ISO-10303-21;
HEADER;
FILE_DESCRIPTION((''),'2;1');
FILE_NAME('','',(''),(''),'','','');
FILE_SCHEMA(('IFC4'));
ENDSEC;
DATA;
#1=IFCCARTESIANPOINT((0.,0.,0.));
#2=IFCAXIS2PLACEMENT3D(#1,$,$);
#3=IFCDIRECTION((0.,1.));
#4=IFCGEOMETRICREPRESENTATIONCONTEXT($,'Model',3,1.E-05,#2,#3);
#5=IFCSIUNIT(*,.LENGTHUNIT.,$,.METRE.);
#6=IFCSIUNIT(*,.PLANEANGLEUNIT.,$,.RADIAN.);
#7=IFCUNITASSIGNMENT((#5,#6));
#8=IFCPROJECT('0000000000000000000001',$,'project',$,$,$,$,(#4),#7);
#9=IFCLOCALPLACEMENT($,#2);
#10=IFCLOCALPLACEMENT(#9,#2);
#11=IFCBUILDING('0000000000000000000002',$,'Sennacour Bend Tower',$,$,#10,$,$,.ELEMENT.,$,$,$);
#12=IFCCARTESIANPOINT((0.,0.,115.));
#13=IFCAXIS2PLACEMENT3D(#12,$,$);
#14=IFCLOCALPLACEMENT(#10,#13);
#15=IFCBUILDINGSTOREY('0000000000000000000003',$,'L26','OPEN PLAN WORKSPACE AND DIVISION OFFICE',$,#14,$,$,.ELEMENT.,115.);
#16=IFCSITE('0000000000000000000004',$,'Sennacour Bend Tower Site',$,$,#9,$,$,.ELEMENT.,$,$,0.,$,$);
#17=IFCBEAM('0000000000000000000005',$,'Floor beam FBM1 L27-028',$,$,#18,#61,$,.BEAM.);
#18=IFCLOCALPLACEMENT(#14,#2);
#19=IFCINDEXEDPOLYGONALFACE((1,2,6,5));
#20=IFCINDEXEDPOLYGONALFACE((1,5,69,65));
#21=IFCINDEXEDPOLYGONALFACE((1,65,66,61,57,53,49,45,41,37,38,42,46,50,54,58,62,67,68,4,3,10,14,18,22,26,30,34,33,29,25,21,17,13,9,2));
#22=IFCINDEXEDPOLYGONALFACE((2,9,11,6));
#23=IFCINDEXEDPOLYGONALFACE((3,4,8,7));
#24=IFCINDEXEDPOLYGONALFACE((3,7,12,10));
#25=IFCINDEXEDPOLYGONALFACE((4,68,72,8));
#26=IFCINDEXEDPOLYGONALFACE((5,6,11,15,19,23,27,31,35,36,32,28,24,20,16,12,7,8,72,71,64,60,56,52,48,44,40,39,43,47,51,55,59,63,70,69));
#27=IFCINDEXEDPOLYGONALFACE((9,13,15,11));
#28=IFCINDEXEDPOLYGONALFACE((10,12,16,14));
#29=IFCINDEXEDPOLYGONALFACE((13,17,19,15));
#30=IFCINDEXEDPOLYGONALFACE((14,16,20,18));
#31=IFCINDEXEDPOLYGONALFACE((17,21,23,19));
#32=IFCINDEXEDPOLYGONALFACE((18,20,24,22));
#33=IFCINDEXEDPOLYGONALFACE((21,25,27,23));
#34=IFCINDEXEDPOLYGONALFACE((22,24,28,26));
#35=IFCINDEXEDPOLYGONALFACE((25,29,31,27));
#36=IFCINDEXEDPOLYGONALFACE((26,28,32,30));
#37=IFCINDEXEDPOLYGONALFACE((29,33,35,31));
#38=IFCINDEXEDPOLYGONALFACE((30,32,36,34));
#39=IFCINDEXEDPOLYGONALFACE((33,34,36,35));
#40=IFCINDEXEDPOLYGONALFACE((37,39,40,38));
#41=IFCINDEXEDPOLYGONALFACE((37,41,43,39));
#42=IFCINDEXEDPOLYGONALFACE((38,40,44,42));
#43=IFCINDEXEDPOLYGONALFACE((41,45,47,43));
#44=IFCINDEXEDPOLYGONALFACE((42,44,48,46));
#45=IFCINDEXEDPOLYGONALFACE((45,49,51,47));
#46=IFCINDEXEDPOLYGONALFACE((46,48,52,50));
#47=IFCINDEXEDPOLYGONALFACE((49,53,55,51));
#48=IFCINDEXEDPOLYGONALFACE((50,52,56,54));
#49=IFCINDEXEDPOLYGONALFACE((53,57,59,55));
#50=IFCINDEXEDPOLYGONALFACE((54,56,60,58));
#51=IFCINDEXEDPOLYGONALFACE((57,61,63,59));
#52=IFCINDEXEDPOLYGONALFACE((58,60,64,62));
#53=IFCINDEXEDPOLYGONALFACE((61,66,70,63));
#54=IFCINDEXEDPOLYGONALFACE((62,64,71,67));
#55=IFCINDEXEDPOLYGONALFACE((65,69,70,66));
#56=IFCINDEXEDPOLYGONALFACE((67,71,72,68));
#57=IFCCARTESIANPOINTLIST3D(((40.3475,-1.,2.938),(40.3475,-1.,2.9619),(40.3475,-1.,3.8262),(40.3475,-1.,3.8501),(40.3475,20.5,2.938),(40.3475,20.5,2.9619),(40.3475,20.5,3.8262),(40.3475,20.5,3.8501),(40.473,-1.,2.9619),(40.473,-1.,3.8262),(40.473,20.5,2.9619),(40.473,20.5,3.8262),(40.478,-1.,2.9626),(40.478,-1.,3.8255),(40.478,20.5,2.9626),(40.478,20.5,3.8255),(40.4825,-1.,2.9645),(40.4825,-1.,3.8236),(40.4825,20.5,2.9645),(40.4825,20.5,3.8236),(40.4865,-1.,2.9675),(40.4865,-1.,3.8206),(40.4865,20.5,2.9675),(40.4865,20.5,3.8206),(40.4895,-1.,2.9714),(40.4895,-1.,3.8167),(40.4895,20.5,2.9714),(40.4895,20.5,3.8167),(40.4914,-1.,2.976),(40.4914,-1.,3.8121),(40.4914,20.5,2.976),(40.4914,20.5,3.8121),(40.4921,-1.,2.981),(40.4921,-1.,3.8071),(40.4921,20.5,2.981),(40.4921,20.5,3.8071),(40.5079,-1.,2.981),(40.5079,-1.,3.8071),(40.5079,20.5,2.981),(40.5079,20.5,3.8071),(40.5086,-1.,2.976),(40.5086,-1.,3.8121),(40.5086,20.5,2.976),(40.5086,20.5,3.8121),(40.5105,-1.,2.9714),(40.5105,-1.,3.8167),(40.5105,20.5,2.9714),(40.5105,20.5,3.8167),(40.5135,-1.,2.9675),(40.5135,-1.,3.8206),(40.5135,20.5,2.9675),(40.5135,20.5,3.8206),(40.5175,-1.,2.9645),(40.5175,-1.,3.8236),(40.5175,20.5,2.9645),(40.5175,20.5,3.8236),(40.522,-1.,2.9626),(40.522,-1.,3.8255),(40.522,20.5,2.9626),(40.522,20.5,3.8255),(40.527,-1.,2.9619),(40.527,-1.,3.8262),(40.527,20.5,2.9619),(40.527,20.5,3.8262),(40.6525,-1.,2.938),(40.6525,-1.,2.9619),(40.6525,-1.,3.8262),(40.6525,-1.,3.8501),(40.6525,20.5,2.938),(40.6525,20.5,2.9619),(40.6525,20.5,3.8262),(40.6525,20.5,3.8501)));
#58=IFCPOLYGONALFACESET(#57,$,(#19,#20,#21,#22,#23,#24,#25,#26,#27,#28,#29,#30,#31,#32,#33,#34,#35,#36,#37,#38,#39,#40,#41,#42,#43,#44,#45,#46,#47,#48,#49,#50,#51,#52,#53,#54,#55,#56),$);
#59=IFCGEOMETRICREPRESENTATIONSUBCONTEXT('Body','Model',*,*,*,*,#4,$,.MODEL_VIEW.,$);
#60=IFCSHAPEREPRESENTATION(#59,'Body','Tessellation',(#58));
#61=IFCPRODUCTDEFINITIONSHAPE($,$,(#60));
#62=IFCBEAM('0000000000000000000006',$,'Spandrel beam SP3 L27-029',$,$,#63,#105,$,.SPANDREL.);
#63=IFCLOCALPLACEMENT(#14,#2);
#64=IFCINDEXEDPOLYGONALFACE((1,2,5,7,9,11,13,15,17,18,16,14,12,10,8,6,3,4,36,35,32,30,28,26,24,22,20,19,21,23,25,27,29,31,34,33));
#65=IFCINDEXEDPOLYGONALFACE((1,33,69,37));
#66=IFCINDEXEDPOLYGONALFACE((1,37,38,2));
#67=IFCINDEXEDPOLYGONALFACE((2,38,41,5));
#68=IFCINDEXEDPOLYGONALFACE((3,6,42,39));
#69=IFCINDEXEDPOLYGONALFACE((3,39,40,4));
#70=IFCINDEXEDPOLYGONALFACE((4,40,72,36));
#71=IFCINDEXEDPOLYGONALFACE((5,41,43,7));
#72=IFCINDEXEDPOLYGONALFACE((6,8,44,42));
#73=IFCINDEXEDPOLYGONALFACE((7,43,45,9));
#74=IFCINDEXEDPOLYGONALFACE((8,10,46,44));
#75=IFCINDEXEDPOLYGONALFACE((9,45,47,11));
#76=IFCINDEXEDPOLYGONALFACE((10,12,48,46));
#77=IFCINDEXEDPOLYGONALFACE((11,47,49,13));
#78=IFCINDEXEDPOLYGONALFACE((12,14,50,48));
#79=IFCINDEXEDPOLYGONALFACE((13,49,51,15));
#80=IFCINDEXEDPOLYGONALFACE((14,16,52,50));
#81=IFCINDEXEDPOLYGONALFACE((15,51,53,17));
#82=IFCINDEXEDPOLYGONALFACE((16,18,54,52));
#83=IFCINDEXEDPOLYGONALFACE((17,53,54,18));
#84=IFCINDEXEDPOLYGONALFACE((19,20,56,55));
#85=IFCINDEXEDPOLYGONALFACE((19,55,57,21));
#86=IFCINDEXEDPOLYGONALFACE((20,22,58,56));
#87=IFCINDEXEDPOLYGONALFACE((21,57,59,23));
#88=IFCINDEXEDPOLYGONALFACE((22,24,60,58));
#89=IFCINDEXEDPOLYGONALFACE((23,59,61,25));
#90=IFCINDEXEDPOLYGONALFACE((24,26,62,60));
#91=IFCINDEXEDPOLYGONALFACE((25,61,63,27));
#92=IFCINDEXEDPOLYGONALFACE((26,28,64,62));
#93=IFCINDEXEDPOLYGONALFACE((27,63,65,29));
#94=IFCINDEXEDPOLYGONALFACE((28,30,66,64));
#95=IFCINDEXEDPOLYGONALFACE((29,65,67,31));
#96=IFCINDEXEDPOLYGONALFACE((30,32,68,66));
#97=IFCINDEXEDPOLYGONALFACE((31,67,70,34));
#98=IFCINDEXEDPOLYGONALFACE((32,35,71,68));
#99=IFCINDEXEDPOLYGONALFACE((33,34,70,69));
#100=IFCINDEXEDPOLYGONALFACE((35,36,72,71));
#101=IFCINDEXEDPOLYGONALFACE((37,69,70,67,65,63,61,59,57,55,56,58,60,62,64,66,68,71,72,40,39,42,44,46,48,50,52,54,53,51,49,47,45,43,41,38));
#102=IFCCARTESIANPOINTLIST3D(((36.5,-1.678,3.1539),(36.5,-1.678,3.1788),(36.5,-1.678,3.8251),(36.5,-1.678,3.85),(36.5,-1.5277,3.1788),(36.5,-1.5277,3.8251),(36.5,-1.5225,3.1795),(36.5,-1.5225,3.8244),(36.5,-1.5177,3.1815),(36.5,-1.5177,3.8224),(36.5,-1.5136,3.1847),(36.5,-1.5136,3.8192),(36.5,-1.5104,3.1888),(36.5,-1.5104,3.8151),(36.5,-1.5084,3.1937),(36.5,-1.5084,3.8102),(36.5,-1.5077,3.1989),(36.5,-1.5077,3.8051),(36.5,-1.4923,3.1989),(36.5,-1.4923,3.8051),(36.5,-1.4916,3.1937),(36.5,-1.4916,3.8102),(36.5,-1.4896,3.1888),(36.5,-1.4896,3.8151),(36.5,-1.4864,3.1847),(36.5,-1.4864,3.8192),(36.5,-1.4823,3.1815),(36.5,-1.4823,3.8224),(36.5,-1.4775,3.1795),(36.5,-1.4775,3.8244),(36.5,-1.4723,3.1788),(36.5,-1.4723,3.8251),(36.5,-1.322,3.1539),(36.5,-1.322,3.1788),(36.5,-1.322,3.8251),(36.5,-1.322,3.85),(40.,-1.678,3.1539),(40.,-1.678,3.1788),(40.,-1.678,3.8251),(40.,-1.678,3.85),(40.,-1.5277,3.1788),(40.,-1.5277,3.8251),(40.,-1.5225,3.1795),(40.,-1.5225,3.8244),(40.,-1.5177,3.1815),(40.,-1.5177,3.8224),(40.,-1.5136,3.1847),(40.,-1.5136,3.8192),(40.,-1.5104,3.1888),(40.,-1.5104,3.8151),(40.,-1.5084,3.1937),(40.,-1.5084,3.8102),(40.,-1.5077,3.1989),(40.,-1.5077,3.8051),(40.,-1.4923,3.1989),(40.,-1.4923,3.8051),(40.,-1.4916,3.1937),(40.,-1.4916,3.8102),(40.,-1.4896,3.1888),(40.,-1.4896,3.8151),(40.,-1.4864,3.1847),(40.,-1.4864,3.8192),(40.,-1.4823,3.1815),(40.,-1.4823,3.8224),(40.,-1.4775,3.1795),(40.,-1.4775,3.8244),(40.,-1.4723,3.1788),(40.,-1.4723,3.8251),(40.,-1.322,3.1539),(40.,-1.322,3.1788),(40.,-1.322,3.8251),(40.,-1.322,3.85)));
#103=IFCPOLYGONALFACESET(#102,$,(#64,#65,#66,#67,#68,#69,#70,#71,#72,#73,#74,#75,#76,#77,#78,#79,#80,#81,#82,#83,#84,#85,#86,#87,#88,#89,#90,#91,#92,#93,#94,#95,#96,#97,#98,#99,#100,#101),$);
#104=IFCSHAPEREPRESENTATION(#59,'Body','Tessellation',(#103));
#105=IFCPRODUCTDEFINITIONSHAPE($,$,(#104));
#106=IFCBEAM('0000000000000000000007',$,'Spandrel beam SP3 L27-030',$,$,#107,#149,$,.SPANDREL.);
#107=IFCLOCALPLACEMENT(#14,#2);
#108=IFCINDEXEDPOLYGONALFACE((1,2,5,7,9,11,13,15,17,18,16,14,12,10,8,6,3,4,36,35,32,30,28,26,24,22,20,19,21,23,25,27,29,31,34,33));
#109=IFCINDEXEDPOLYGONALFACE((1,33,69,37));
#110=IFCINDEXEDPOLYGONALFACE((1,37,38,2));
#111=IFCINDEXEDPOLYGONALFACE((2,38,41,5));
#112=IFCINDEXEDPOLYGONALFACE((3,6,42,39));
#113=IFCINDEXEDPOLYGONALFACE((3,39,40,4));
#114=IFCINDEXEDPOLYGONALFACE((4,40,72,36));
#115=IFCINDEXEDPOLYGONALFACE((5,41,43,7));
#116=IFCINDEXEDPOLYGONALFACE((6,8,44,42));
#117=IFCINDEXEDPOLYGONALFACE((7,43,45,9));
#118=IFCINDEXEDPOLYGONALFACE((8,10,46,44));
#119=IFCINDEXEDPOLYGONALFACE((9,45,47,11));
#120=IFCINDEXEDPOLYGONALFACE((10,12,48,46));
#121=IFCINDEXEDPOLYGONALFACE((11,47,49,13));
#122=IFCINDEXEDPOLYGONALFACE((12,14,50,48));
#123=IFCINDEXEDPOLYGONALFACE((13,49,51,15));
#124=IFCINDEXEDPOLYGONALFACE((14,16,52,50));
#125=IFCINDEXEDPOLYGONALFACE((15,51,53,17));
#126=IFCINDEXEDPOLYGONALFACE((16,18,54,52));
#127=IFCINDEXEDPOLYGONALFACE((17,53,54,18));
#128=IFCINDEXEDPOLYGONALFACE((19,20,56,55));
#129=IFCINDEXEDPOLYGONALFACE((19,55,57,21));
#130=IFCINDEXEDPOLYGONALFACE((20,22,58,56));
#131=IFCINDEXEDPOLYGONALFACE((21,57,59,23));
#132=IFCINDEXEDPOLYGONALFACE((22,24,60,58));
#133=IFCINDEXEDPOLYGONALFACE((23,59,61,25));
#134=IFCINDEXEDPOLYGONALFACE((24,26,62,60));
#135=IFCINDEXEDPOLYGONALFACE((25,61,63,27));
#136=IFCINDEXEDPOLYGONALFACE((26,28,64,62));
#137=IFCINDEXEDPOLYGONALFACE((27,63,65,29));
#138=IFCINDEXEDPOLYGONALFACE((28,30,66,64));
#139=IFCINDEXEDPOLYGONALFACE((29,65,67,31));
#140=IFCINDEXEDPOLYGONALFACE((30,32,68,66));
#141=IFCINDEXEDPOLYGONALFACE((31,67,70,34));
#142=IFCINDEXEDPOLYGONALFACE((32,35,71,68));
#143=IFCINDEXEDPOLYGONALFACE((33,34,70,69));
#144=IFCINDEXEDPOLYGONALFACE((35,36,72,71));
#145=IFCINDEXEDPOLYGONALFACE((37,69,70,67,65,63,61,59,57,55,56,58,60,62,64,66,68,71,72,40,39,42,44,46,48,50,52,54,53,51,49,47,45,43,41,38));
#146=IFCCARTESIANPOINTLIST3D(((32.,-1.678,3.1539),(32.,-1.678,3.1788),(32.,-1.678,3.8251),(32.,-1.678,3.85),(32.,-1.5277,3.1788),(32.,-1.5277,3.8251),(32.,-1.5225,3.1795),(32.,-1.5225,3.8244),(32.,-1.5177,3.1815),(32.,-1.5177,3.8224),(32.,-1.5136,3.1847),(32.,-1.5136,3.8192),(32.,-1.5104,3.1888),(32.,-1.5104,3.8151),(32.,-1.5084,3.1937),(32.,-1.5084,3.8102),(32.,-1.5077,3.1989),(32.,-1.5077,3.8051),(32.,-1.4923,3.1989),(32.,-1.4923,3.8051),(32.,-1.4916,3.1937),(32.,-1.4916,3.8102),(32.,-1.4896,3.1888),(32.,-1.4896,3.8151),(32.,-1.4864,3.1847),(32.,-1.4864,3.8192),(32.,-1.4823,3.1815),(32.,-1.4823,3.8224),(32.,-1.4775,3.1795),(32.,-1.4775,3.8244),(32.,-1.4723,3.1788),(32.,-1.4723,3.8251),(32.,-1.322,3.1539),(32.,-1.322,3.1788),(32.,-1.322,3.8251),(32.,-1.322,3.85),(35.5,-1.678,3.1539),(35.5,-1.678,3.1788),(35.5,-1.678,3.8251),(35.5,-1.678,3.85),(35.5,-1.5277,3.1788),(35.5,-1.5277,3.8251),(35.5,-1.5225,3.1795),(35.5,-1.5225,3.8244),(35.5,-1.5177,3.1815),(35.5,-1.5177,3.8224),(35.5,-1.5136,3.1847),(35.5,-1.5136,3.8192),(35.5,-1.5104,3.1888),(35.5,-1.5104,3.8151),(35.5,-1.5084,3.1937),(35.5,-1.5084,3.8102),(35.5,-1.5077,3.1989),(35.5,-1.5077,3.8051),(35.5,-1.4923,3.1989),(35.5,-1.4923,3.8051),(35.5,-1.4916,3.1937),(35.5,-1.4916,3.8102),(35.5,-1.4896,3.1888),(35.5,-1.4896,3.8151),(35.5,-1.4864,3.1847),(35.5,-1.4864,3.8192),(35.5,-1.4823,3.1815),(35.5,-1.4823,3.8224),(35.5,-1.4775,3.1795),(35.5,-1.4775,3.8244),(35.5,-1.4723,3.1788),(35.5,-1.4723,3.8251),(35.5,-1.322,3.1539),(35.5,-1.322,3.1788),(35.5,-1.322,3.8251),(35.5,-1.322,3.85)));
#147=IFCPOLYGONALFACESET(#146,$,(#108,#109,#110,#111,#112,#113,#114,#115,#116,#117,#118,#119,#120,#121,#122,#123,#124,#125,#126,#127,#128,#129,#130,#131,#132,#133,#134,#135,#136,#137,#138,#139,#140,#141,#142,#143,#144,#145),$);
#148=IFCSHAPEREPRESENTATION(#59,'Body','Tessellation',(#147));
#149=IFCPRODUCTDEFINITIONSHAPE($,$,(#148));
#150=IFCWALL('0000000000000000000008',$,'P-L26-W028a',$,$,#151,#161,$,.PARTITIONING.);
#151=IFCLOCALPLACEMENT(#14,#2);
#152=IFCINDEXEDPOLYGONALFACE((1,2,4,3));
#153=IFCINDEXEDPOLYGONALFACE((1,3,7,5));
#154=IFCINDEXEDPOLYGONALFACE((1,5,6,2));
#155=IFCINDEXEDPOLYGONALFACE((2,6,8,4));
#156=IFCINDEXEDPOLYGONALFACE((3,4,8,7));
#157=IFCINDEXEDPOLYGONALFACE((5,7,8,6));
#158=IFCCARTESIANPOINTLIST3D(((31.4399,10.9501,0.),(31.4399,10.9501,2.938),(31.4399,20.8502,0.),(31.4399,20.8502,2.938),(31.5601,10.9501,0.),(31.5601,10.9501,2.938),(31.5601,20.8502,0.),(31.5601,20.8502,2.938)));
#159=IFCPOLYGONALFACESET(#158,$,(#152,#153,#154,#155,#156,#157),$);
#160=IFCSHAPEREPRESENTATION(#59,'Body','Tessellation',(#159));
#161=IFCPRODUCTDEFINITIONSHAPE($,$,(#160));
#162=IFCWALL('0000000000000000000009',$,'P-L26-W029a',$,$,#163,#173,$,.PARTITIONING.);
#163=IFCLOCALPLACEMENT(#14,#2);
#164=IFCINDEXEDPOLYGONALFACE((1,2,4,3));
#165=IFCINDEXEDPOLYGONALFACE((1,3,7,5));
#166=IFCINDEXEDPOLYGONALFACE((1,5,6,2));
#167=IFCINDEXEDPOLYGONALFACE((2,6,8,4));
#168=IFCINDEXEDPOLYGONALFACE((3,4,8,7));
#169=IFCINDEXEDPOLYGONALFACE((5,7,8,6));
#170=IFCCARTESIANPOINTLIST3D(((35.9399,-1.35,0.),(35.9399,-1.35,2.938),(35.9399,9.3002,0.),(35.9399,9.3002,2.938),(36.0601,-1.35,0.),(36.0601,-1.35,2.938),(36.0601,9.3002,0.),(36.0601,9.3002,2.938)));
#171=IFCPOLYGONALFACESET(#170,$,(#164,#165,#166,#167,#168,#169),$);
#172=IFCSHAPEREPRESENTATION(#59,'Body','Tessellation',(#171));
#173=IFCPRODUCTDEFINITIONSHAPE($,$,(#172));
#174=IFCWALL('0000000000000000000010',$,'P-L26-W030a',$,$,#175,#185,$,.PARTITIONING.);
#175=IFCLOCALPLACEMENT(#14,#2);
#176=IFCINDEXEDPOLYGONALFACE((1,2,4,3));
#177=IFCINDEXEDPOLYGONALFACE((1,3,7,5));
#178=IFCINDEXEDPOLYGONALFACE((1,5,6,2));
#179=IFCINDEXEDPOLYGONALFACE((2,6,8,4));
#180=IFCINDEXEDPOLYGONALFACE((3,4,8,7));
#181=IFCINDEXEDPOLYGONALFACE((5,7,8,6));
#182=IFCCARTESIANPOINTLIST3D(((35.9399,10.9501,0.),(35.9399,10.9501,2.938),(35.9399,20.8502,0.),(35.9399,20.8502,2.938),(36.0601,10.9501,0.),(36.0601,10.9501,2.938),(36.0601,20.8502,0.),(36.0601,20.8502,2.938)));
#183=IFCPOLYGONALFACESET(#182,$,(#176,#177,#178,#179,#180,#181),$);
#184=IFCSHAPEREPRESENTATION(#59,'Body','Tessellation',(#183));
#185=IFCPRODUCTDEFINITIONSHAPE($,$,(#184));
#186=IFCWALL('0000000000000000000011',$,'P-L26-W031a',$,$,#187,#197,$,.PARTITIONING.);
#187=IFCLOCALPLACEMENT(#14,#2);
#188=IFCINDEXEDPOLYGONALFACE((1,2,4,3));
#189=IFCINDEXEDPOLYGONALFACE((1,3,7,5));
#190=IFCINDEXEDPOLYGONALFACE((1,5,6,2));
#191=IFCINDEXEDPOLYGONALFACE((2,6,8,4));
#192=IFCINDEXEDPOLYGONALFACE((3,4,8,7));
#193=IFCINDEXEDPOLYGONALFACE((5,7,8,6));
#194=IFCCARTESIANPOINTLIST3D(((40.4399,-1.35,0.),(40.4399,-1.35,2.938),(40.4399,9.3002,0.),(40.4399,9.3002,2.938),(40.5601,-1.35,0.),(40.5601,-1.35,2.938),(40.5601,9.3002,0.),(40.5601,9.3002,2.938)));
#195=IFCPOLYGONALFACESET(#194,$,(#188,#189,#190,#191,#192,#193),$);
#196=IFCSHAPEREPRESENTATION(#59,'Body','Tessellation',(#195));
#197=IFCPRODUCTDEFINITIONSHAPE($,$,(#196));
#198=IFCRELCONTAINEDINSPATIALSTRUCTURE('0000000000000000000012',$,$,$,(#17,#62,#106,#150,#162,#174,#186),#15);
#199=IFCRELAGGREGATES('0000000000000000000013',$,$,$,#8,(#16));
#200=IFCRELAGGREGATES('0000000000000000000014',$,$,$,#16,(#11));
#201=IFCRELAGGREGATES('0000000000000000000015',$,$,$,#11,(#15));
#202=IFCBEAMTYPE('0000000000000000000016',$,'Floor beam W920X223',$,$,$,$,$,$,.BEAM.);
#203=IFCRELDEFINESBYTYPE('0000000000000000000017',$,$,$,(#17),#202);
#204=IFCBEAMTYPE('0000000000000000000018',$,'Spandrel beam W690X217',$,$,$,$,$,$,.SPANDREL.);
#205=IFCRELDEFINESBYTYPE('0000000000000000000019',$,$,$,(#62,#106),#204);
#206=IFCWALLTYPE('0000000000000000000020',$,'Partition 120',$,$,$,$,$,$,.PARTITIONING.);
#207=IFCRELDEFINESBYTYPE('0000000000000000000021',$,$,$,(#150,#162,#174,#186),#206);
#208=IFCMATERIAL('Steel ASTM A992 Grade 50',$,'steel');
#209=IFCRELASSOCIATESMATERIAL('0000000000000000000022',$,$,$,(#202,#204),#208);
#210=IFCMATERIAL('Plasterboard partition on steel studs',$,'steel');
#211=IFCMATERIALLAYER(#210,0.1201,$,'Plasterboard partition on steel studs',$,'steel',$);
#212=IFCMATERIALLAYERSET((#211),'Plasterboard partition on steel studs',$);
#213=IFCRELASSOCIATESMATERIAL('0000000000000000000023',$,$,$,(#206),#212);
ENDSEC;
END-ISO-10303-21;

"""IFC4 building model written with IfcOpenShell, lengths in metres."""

from ifc_helpers import new_model, si_unit, direction, frame, frame_2d, origin, origin_2d, place, context, subcontext, project, spatial, rectangle, i_section, extrude, material, layer, layer_set, material_profile, profile_set, type_object, element, save


model = new_model("IFC4")

# Units and contexts
model_context = context("Model", 3, precision=1e-05, world=origin(), true_north=direction((0.0, 1.0)))
body_context = subcontext(model_context, "Body", "Model", "MODEL_VIEW")
ifc_project = project(units=[si_unit("LENGTHUNIT", "METRE"), si_unit("PLANEANGLEUNIT", "RADIAN")], contexts=[model_context])

# Site, building, storey
site_placement = place(None, origin())
site = spatial("IfcSite", under=ifc_project, at=site_placement, Name="Sennacour Bend Tower Site", CompositionType="ELEMENT", RefElevation=0.0)
building_placement = place(site_placement, origin())
building = spatial("IfcBuilding", under=site, at=building_placement, Name="Sennacour Bend Tower", CompositionType="ELEMENT")
storey_placement = place(building_placement, frame((0.0, 0.0, 115.0)))
storey = spatial("IfcBuildingStorey", under=building, at=storey_placement, Name="L26", Description="OPEN PLAN WORKSPACE AND DIVISION OFFICE", CompositionType="ELEMENT", Elevation=115.0)

# Beams
ifc_material_1 = material(Name="Steel ASTM A992 Grade 50", Category="steel")
ifc_material_profile_1 = material_profile(ifc_material_1, i_section(OverallWidth=0.3049, OverallDepth=0.9121, WebThickness=0.0159, FlangeThickness=0.0239, FilletRadius=0.019, at=origin_2d()), Name="Steel ASTM A992 Grade 50", Category="steel")
ifc_profile_set_1 = profile_set([ifc_material_profile_1], Name="Steel ASTM A992 Grade 50")
beam_type_1 = type_object("IfcBeamType", Name="Floor beam W920X223", PredefinedType="BEAM", material=ifc_profile_set_1)
beam_1_placement = place(storey_placement, frame((40.5, -1.0, 3.394), z_axis=(0.0, 1.0, 0.0), x_axis=(-1.0, 0.0, 0.0)))
element("IfcBeam", 1, at=beam_1_placement, inside=storey, type_object=beam_type_1, Name="Floor beam FBM1 L27-028", PredefinedType="BEAM", context=body_context, shape_type="SweptSolid", body=[
    extrude(i_section(OverallWidth=0.3049, OverallDepth=0.9121, WebThickness=0.0159, FlangeThickness=0.0239, FilletRadius=0.019, at=origin_2d()), origin(), (0.0, 0.0, 1.0), 21.5),
])
ifc_material_profile_2 = material_profile(ifc_material_1, i_section(OverallWidth=0.356, OverallDepth=0.696, WebThickness=0.0154, FlangeThickness=0.0249, FilletRadius=0.02, at=origin_2d()), Name="Steel ASTM A992 Grade 50", Category="steel")
ifc_profile_set_2 = profile_set([ifc_material_profile_2], Name="Steel ASTM A992 Grade 50")
beam_type_2 = type_object("IfcBeamType", Name="Spandrel beam W690X217", PredefinedType="SPANDREL", material=ifc_profile_set_2)
for number, where, z_axis, x_axis, name in (
    (2, (40.0, -1.5, 3.502), (-1.0, 0.0, 0.0), (0.0, -1.0, 0.0), "Spandrel beam SP3 L27-029"),
    (3, (35.5, -1.5, 3.502), (-1.0, 0.0, 0.0), (0.0, -1.0, 0.0), "Spandrel beam SP3 L27-030"),
):
    element("IfcBeam", number, at=place(storey_placement, frame(where, z_axis=z_axis, x_axis=x_axis)), inside=storey, type_object=beam_type_2, Name=name, PredefinedType="SPANDREL", context=body_context, shape_type="SweptSolid", body=[
        extrude(i_section(OverallWidth=0.356, OverallDepth=0.696, WebThickness=0.0154, FlangeThickness=0.0249, FilletRadius=0.02, at=origin_2d()), origin(), (0.0, 0.0, 1.0), 3.5),
    ])

# Walls
ifc_material_2 = material(Name="Plasterboard partition on steel studs", Category="steel")
ifc_layer_1 = layer(ifc_material_2, 0.1201, Name="Plasterboard partition on steel studs", Category="steel")
ifc_layer_set_1 = layer_set([ifc_layer_1], Name="Plasterboard partition on steel studs")
wall_type_1 = type_object("IfcWallType", Name="Partition 120", PredefinedType="PARTITIONING", material=ifc_layer_set_1)
wall_1_placement = place(storey_placement, frame((31.5, 10.95, 0.0), z_axis=(0.0, 0.0, 1.0), x_axis=(0.0, 1.0, 0.0)))
element("IfcWall", 4, at=wall_1_placement, inside=storey, type_object=wall_type_1, Name="P-L26-W028a", PredefinedType="PARTITIONING", context=body_context, shape_type="SweptSolid", body=[
    extrude(rectangle(XDim=9.9001, YDim=0.1201, at=frame_2d((4.9502, 0.0))), origin(), (0.0, 0.0, 1.0), 2.938),
])
wall_2_placement = place(storey_placement, frame((36.0, -1.3501, 0.0), z_axis=(0.0, 0.0, 1.0), x_axis=(0.0, 1.0, 0.0)))
element("IfcWall", 5, at=wall_2_placement, inside=storey, type_object=wall_type_1, Name="P-L26-W029a", PredefinedType="PARTITIONING", context=body_context, shape_type="SweptSolid", body=[
    extrude(rectangle(XDim=10.6501, YDim=0.1201, at=frame_2d((5.3252, 0.0))), origin(), (0.0, 0.0, 1.0), 2.938),
])
wall_3_placement = place(storey_placement, frame((36.0, 10.95, 0.0), z_axis=(0.0, 0.0, 1.0), x_axis=(0.0, 1.0, 0.0)))
element("IfcWall", 6, at=wall_3_placement, inside=storey, type_object=wall_type_1, Name="P-L26-W030a", PredefinedType="PARTITIONING", context=body_context, shape_type="SweptSolid", body=[
    extrude(rectangle(XDim=9.9001, YDim=0.1201, at=frame_2d((4.9502, 0.0))), origin(), (0.0, 0.0, 1.0), 2.938),
])
wall_4_placement = place(storey_placement, frame((40.5, -1.3501, 0.0), z_axis=(0.0, 0.0, 1.0), x_axis=(0.0, 1.0, 0.0)))
element("IfcWall", 7, at=wall_4_placement, inside=storey, type_object=wall_type_1, Name="P-L26-W031a", PredefinedType="PARTITIONING", context=body_context, shape_type="SweptSolid", body=[
    extrude(rectangle(XDim=10.6501, YDim=0.1201, at=frame_2d((5.3252, 0.0))), origin(), (0.0, 0.0, 1.0), 2.938),
])

save(model, "model.ifc")
